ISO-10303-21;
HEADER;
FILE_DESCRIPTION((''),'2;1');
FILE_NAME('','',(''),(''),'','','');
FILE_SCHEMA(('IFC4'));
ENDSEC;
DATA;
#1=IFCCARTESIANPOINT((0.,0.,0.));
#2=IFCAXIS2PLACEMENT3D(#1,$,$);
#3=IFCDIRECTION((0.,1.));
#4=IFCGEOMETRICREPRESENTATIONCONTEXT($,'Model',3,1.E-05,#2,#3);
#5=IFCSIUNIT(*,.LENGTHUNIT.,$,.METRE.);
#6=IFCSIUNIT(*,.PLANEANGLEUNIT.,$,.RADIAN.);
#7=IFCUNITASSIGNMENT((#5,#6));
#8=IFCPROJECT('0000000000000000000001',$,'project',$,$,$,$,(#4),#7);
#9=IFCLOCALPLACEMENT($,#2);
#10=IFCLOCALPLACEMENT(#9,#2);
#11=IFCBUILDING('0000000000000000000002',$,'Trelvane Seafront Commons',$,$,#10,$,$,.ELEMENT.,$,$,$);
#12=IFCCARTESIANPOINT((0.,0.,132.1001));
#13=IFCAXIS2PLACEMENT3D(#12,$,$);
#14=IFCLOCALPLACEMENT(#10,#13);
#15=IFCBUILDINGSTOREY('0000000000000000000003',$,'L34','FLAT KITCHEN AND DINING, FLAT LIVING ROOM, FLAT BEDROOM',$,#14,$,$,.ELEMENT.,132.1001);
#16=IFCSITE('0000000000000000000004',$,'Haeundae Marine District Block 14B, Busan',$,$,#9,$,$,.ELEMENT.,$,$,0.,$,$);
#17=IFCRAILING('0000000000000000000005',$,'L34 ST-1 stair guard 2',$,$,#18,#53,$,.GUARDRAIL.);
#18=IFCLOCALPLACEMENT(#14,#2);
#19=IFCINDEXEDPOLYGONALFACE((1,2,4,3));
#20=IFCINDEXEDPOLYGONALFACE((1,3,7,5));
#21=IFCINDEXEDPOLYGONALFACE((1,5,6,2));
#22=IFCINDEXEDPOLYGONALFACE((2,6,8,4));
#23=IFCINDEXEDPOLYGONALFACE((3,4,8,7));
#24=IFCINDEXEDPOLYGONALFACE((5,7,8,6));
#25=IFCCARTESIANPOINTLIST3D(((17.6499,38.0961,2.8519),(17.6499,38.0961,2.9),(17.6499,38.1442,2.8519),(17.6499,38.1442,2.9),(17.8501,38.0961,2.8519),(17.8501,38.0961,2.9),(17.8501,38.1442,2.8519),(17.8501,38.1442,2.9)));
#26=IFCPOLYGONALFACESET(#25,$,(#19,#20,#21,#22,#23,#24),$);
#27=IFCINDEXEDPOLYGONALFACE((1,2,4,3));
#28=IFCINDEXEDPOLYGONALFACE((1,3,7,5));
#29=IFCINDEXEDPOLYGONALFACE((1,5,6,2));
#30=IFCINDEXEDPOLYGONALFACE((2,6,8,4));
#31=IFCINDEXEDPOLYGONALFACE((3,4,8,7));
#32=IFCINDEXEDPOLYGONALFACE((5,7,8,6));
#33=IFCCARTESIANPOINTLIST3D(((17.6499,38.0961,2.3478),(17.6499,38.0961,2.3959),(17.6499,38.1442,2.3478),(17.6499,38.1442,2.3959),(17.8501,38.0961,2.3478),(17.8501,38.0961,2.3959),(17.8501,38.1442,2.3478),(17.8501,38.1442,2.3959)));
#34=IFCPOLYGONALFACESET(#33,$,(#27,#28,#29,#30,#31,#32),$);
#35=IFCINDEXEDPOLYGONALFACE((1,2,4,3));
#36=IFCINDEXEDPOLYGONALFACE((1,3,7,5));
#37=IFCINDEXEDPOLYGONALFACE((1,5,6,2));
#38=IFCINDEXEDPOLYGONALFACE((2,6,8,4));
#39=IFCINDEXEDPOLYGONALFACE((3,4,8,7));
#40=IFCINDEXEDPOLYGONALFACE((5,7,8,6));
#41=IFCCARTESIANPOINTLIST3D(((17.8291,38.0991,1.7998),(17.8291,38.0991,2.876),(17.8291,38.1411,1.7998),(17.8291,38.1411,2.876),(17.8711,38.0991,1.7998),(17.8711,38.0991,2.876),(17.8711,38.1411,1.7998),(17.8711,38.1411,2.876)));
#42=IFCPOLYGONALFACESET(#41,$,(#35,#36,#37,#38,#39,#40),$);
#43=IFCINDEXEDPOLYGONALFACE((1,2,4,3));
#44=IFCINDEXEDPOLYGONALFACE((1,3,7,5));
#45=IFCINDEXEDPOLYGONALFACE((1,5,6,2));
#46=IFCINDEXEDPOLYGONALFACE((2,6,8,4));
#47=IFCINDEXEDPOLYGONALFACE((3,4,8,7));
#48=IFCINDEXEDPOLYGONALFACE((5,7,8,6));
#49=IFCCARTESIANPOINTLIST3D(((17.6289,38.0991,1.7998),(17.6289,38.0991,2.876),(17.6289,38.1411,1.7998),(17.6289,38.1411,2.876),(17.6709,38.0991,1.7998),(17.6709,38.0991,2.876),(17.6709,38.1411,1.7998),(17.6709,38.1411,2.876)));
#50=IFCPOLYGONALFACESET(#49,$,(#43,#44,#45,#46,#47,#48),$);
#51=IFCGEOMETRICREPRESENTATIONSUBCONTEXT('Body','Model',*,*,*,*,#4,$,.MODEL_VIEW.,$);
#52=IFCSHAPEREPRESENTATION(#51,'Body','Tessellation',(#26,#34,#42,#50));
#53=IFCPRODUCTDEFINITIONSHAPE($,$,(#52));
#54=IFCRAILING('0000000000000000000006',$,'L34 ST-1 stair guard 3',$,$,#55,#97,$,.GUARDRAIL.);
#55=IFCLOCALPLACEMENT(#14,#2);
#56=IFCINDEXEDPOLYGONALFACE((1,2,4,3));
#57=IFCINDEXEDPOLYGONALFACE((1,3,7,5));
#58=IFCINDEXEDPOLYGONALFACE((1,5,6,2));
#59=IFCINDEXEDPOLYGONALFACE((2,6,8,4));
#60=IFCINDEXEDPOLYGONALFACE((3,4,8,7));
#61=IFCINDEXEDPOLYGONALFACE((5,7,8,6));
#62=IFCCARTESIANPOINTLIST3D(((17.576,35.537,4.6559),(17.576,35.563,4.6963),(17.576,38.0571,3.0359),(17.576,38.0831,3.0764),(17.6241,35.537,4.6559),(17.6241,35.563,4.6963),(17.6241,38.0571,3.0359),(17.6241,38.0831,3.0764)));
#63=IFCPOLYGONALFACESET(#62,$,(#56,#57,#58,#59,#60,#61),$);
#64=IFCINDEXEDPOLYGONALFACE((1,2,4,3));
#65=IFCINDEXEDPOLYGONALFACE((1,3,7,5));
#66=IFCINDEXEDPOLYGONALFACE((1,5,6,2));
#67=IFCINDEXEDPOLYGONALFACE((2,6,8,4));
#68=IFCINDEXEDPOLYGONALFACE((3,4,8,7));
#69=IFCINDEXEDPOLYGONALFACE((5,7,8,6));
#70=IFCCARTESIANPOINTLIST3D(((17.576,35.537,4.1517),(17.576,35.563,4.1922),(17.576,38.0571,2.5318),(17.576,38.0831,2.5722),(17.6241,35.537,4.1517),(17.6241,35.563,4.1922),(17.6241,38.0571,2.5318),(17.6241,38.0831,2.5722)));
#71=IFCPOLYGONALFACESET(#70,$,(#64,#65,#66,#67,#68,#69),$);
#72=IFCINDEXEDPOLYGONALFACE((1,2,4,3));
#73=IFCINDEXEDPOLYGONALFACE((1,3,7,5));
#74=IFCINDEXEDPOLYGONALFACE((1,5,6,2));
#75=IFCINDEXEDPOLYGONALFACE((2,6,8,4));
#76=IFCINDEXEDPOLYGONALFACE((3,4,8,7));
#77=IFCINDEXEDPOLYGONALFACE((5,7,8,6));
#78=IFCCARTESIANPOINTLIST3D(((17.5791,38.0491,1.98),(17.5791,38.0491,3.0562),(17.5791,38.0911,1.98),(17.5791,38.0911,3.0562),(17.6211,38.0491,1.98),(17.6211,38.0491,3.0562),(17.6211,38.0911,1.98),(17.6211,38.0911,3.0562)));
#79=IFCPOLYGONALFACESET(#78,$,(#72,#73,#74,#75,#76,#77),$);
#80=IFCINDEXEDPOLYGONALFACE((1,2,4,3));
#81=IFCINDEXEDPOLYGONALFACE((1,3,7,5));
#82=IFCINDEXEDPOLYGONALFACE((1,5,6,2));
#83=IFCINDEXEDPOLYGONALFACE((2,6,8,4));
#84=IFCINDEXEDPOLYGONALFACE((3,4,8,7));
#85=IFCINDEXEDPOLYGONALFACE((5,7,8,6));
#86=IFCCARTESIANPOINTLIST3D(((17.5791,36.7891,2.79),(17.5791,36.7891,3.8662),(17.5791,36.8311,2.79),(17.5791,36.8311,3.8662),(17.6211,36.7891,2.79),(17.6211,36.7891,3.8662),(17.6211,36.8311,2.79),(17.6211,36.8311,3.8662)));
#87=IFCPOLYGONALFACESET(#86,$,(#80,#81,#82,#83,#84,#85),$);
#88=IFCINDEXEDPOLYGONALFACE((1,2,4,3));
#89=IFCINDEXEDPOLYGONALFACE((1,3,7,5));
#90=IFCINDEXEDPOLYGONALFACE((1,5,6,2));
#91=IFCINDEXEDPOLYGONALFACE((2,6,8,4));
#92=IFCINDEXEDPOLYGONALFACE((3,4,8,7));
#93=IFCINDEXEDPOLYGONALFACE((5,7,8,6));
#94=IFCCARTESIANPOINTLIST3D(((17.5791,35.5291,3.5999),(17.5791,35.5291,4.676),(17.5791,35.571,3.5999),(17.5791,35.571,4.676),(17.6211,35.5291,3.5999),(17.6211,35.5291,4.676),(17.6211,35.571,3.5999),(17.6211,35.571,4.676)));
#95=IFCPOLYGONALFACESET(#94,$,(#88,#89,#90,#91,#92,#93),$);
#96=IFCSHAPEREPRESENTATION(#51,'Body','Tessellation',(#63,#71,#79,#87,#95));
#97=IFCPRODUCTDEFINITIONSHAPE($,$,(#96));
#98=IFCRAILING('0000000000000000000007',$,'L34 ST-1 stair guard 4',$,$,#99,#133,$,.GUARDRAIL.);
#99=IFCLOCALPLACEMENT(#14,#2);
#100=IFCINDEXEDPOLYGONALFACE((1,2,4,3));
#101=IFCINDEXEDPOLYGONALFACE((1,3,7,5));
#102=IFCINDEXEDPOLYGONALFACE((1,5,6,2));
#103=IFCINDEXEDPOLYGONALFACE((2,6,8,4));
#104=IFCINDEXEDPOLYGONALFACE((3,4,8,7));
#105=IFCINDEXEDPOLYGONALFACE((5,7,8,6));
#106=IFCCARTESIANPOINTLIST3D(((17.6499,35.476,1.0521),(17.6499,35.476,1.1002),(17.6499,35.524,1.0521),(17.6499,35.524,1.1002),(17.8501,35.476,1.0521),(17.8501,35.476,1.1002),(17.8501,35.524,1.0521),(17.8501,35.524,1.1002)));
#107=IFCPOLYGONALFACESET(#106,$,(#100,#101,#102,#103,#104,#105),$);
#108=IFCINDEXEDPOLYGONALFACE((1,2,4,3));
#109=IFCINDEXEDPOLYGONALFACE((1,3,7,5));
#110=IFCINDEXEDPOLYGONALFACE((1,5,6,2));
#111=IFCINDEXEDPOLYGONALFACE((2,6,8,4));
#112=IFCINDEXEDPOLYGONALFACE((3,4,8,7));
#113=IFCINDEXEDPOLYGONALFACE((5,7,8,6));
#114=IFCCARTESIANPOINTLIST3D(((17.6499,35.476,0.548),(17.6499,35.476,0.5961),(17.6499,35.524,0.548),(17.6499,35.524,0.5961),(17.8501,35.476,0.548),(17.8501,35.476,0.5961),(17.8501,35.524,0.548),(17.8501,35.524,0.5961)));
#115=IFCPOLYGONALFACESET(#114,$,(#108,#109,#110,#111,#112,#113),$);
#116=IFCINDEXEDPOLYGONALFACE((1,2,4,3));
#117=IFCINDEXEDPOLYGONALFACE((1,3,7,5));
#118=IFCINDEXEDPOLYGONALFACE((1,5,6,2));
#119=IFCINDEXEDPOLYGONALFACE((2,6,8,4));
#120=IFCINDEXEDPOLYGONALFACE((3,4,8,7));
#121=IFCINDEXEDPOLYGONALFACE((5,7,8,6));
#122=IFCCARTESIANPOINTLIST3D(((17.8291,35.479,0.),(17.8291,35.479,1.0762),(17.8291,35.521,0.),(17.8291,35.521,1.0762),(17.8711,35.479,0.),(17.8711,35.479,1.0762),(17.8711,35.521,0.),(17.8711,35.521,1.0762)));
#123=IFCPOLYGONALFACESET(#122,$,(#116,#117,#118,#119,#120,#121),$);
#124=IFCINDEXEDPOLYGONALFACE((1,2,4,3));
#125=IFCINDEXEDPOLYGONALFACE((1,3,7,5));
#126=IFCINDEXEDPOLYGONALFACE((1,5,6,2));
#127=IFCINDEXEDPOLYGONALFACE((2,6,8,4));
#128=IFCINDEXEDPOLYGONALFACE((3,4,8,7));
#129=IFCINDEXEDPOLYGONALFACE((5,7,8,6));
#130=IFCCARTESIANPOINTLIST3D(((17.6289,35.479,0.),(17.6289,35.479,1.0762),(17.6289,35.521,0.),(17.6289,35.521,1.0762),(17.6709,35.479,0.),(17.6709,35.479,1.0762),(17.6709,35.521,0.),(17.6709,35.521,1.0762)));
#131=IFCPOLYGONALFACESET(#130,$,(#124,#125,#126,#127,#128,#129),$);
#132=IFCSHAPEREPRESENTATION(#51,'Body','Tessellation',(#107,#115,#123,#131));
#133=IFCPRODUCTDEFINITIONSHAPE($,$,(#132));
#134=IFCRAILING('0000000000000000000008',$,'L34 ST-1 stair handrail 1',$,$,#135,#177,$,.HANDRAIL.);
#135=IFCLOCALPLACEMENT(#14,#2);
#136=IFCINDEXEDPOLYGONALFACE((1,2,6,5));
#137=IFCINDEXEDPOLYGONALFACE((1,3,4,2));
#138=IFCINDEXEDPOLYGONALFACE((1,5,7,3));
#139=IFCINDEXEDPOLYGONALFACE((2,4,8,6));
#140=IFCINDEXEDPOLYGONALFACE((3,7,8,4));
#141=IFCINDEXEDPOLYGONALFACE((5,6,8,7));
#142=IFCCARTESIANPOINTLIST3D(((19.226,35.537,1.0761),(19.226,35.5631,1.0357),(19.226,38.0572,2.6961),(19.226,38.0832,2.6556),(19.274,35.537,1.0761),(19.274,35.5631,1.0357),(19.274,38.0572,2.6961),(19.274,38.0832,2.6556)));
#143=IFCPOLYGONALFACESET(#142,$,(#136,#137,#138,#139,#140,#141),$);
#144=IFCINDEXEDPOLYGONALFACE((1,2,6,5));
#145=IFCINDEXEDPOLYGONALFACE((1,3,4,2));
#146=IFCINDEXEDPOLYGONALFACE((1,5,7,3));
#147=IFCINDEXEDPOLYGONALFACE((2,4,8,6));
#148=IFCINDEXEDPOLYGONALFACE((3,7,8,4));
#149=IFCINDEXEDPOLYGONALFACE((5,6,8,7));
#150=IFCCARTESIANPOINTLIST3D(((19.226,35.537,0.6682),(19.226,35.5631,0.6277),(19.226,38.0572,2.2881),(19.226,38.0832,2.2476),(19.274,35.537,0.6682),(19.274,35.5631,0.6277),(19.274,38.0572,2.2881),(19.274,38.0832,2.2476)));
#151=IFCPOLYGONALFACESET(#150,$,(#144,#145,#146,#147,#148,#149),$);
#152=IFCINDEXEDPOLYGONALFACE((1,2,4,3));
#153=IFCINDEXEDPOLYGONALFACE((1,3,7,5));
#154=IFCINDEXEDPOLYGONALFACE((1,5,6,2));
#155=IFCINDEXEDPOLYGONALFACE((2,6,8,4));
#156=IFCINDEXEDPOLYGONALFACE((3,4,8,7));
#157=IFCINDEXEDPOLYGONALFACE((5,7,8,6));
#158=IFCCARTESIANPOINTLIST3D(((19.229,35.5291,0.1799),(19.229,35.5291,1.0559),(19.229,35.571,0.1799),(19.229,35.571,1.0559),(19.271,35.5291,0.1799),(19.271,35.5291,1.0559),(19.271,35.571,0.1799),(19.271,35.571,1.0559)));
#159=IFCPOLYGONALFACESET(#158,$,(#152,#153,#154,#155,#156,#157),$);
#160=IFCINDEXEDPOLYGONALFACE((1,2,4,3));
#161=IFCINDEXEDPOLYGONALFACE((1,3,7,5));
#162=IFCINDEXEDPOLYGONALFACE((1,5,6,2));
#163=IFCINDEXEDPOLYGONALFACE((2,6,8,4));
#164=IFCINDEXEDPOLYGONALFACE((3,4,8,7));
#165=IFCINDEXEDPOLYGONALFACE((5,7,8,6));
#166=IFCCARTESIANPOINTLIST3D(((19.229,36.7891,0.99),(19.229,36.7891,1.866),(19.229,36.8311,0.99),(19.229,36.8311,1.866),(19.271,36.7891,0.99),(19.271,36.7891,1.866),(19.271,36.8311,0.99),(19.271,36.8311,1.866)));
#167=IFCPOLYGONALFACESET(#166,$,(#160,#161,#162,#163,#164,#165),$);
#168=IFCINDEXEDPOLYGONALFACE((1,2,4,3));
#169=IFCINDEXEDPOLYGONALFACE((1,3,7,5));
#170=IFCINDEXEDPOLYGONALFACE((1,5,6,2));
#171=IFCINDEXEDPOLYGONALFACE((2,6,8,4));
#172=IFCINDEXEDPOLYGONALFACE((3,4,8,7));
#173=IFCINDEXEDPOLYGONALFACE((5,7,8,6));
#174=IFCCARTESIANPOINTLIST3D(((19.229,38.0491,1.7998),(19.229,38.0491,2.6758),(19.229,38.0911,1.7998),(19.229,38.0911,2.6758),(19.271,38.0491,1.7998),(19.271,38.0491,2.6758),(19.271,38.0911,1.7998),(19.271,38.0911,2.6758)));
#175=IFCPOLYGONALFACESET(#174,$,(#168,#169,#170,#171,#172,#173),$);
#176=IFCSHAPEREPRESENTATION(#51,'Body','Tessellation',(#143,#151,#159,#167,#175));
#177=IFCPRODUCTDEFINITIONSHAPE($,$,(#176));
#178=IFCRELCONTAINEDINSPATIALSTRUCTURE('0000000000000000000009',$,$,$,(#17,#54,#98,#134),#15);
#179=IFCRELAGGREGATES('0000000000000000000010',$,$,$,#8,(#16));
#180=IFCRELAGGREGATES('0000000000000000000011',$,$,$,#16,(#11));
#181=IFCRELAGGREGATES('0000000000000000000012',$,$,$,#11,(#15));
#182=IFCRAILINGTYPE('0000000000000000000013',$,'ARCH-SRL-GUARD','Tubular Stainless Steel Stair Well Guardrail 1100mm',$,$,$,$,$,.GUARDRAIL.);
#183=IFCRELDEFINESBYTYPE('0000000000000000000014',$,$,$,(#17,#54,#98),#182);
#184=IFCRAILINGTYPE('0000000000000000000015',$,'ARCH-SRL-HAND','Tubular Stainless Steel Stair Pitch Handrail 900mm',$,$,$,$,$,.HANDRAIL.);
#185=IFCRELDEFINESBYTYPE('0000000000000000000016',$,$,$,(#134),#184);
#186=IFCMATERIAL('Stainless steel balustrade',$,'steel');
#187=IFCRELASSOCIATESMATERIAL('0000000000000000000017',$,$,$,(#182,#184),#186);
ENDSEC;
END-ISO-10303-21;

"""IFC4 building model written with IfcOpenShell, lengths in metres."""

from ifc_helpers import new_model, si_unit, direction, frame, origin, origin_2d, place, context, subcontext, project, spatial, rectangle, extrude, material, type_object, element, save


model = new_model("IFC4")

# Units and contexts
model_context = context("Model", 3, precision=1e-05, world=origin(), true_north=direction((0.0, 1.0)))
body_context = subcontext(model_context, "Body", "Model", "MODEL_VIEW")
ifc_project = project(units=[si_unit("LENGTHUNIT", "METRE"), si_unit("PLANEANGLEUNIT", "RADIAN")], contexts=[model_context])

# Site, building, storey
site_placement = place(None, origin())
site = spatial("IfcSite", under=ifc_project, at=site_placement, Name="Haeundae Marine District Block 14B, Busan", CompositionType="ELEMENT", RefElevation=0.0)
building_placement = place(site_placement, origin())
building = spatial("IfcBuilding", under=site, at=building_placement, Name="Trelvane Seafront Commons", CompositionType="ELEMENT")
storey_placement = place(building_placement, frame((0.0, 0.0, 132.1001)))
storey = spatial("IfcBuildingStorey", under=building, at=storey_placement, Name="L34", Description="FLAT KITCHEN AND DINING, FLAT LIVING ROOM, FLAT BEDROOM", CompositionType="ELEMENT", Elevation=132.1001)

# Shared definitions
ifc_material_1 = material(Name="Stainless steel balustrade", Category="steel")

# Railings
railing_type_1 = type_object("IfcRailingType", Name="ARCH-SRL-GUARD", Description="Tubular Stainless Steel Stair Well Guardrail 1100mm", PredefinedType="GUARDRAIL", material=ifc_material_1)
railing_1_placement = place(storey_placement, frame((17.8501, 38.1201, 1.7998)))
element("IfcRailing", 1, at=railing_1_placement, inside=storey, type_object=railing_type_1, Name="L34 ST-1 stair guard 2", PredefinedType="GUARDRAIL", context=body_context, shape_type="SweptSolid", body=[
    extrude(rectangle(XDim=0.0481, YDim=0.0481, at=origin_2d()), frame((0.0, 0.0, 1.0762), z_axis=(-1.0, 0.0, 0.0), x_axis=(0.0, -1.0, 0.0)), (0.0, 0.0, 1.0), 0.2002),
    extrude(rectangle(XDim=0.0481, YDim=0.0481, at=origin_2d()), frame((0.0, 0.0, 0.572), z_axis=(-1.0, 0.0, 0.0), x_axis=(0.0, -1.0, 0.0)), (0.0, 0.0, 1.0), 0.2002),
    extrude(rectangle(XDim=0.042, YDim=0.042, at=origin_2d()), origin(), (0.0, 0.0, 1.0), 1.0762),
    extrude(rectangle(XDim=0.042, YDim=0.042, at=origin_2d()), frame((-0.2002, 0.0, 0.0)), (0.0, 0.0, 1.0), 1.0762),
])
railing_2_placement = place(storey_placement, frame((17.6001, 38.0701, 1.98)))
element("IfcRailing", 2, at=railing_2_placement, inside=storey, type_object=railing_type_1, Name="L34 ST-1 stair guard 3", PredefinedType="GUARDRAIL", context=body_context, shape_type="SweptSolid", body=[
    extrude(rectangle(XDim=0.0481, YDim=0.0481, at=origin_2d()), frame((0.0, 0.0, 1.0762), z_axis=(0.0, -0.8412, 0.540725), x_axis=(1.0, 0.0, 0.0)), (0.0, 0.0, 1.0), 2.9958),
    extrude(rectangle(XDim=0.0481, YDim=0.0481, at=origin_2d()), frame((0.0, 0.0, 0.572), z_axis=(0.0, -0.8412, 0.540725), x_axis=(1.0, 0.0, 0.0)), (0.0, 0.0, 1.0), 2.9958),
    extrude(rectangle(XDim=0.042, YDim=0.042, at=origin_2d()), origin(), (0.0, 0.0, 1.0), 1.0762),
    extrude(rectangle(XDim=0.042, YDim=0.042, at=origin_2d()), frame((0.0, -1.26, 0.8101)), (0.0, 0.0, 1.0), 1.0762),
    extrude(rectangle(XDim=0.042, YDim=0.042, at=origin_2d()), frame((0.0, -2.52, 1.6199)), (0.0, 0.0, 1.0), 1.0762),
])
railing_3_placement = place(storey_placement, frame((17.8501, 35.5, 0.0)))
element("IfcRailing", 3, at=railing_3_placement, inside=storey, type_object=railing_type_1, Name="L34 ST-1 stair guard 4", PredefinedType="GUARDRAIL", context=body_context, shape_type="SweptSolid", body=[
    extrude(rectangle(XDim=0.0481, YDim=0.0481, at=origin_2d()), frame((0.0, 0.0, 1.0762), z_axis=(-1.0, 0.0, 0.0), x_axis=(0.0, -1.0, 0.0)), (0.0, 0.0, 1.0), 0.2002),
    extrude(rectangle(XDim=0.0481, YDim=0.0481, at=origin_2d()), frame((0.0, 0.0, 0.572), z_axis=(-1.0, 0.0, 0.0), x_axis=(0.0, -1.0, 0.0)), (0.0, 0.0, 1.0), 0.2002),
    extrude(rectangle(XDim=0.042, YDim=0.042, at=origin_2d()), origin(), (0.0, 0.0, 1.0), 1.0762),
    extrude(rectangle(XDim=0.042, YDim=0.042, at=origin_2d()), frame((-0.2002, 0.0, 0.0)), (0.0, 0.0, 1.0), 1.0762),
])
railing_type_2 = type_object("IfcRailingType", Name="ARCH-SRL-HAND", Description="Tubular Stainless Steel Stair Pitch Handrail 900mm", PredefinedType="HANDRAIL", material=ifc_material_1)
railing_4_placement = place(storey_placement, frame((19.25, 35.55, 0.1799)))
element("IfcRailing", 4, at=railing_4_placement, inside=storey, type_object=railing_type_2, Name="L34 ST-1 stair handrail 1", PredefinedType="HANDRAIL", context=body_context, shape_type="SweptSolid", body=[
    extrude(rectangle(XDim=0.0481, YDim=0.0481, at=origin_2d()), frame((0.0, 0.0, 0.876), z_axis=(0.0, 0.8412, 0.540725), x_axis=(-1.0, 0.0, 0.0)), (0.0, 0.0, 1.0), 2.9958),
    extrude(rectangle(XDim=0.0481, YDim=0.0481, at=origin_2d()), frame((0.0, 0.0, 0.468), z_axis=(0.0, 0.8412, 0.540725), x_axis=(-1.0, 0.0, 0.0)), (0.0, 0.0, 1.0), 2.9958),
    extrude(rectangle(XDim=0.042, YDim=0.042, at=origin_2d()), origin(), (0.0, 0.0, 1.0), 0.876),
    extrude(rectangle(XDim=0.042, YDim=0.042, at=origin_2d()), frame((0.0, 1.26, 0.8101)), (0.0, 0.0, 1.0), 0.876),
    extrude(rectangle(XDim=0.042, YDim=0.042, at=origin_2d()), frame((0.0, 2.52, 1.6199)), (0.0, 0.0, 1.0), 0.876),
])

save(model, "model.ifc")
